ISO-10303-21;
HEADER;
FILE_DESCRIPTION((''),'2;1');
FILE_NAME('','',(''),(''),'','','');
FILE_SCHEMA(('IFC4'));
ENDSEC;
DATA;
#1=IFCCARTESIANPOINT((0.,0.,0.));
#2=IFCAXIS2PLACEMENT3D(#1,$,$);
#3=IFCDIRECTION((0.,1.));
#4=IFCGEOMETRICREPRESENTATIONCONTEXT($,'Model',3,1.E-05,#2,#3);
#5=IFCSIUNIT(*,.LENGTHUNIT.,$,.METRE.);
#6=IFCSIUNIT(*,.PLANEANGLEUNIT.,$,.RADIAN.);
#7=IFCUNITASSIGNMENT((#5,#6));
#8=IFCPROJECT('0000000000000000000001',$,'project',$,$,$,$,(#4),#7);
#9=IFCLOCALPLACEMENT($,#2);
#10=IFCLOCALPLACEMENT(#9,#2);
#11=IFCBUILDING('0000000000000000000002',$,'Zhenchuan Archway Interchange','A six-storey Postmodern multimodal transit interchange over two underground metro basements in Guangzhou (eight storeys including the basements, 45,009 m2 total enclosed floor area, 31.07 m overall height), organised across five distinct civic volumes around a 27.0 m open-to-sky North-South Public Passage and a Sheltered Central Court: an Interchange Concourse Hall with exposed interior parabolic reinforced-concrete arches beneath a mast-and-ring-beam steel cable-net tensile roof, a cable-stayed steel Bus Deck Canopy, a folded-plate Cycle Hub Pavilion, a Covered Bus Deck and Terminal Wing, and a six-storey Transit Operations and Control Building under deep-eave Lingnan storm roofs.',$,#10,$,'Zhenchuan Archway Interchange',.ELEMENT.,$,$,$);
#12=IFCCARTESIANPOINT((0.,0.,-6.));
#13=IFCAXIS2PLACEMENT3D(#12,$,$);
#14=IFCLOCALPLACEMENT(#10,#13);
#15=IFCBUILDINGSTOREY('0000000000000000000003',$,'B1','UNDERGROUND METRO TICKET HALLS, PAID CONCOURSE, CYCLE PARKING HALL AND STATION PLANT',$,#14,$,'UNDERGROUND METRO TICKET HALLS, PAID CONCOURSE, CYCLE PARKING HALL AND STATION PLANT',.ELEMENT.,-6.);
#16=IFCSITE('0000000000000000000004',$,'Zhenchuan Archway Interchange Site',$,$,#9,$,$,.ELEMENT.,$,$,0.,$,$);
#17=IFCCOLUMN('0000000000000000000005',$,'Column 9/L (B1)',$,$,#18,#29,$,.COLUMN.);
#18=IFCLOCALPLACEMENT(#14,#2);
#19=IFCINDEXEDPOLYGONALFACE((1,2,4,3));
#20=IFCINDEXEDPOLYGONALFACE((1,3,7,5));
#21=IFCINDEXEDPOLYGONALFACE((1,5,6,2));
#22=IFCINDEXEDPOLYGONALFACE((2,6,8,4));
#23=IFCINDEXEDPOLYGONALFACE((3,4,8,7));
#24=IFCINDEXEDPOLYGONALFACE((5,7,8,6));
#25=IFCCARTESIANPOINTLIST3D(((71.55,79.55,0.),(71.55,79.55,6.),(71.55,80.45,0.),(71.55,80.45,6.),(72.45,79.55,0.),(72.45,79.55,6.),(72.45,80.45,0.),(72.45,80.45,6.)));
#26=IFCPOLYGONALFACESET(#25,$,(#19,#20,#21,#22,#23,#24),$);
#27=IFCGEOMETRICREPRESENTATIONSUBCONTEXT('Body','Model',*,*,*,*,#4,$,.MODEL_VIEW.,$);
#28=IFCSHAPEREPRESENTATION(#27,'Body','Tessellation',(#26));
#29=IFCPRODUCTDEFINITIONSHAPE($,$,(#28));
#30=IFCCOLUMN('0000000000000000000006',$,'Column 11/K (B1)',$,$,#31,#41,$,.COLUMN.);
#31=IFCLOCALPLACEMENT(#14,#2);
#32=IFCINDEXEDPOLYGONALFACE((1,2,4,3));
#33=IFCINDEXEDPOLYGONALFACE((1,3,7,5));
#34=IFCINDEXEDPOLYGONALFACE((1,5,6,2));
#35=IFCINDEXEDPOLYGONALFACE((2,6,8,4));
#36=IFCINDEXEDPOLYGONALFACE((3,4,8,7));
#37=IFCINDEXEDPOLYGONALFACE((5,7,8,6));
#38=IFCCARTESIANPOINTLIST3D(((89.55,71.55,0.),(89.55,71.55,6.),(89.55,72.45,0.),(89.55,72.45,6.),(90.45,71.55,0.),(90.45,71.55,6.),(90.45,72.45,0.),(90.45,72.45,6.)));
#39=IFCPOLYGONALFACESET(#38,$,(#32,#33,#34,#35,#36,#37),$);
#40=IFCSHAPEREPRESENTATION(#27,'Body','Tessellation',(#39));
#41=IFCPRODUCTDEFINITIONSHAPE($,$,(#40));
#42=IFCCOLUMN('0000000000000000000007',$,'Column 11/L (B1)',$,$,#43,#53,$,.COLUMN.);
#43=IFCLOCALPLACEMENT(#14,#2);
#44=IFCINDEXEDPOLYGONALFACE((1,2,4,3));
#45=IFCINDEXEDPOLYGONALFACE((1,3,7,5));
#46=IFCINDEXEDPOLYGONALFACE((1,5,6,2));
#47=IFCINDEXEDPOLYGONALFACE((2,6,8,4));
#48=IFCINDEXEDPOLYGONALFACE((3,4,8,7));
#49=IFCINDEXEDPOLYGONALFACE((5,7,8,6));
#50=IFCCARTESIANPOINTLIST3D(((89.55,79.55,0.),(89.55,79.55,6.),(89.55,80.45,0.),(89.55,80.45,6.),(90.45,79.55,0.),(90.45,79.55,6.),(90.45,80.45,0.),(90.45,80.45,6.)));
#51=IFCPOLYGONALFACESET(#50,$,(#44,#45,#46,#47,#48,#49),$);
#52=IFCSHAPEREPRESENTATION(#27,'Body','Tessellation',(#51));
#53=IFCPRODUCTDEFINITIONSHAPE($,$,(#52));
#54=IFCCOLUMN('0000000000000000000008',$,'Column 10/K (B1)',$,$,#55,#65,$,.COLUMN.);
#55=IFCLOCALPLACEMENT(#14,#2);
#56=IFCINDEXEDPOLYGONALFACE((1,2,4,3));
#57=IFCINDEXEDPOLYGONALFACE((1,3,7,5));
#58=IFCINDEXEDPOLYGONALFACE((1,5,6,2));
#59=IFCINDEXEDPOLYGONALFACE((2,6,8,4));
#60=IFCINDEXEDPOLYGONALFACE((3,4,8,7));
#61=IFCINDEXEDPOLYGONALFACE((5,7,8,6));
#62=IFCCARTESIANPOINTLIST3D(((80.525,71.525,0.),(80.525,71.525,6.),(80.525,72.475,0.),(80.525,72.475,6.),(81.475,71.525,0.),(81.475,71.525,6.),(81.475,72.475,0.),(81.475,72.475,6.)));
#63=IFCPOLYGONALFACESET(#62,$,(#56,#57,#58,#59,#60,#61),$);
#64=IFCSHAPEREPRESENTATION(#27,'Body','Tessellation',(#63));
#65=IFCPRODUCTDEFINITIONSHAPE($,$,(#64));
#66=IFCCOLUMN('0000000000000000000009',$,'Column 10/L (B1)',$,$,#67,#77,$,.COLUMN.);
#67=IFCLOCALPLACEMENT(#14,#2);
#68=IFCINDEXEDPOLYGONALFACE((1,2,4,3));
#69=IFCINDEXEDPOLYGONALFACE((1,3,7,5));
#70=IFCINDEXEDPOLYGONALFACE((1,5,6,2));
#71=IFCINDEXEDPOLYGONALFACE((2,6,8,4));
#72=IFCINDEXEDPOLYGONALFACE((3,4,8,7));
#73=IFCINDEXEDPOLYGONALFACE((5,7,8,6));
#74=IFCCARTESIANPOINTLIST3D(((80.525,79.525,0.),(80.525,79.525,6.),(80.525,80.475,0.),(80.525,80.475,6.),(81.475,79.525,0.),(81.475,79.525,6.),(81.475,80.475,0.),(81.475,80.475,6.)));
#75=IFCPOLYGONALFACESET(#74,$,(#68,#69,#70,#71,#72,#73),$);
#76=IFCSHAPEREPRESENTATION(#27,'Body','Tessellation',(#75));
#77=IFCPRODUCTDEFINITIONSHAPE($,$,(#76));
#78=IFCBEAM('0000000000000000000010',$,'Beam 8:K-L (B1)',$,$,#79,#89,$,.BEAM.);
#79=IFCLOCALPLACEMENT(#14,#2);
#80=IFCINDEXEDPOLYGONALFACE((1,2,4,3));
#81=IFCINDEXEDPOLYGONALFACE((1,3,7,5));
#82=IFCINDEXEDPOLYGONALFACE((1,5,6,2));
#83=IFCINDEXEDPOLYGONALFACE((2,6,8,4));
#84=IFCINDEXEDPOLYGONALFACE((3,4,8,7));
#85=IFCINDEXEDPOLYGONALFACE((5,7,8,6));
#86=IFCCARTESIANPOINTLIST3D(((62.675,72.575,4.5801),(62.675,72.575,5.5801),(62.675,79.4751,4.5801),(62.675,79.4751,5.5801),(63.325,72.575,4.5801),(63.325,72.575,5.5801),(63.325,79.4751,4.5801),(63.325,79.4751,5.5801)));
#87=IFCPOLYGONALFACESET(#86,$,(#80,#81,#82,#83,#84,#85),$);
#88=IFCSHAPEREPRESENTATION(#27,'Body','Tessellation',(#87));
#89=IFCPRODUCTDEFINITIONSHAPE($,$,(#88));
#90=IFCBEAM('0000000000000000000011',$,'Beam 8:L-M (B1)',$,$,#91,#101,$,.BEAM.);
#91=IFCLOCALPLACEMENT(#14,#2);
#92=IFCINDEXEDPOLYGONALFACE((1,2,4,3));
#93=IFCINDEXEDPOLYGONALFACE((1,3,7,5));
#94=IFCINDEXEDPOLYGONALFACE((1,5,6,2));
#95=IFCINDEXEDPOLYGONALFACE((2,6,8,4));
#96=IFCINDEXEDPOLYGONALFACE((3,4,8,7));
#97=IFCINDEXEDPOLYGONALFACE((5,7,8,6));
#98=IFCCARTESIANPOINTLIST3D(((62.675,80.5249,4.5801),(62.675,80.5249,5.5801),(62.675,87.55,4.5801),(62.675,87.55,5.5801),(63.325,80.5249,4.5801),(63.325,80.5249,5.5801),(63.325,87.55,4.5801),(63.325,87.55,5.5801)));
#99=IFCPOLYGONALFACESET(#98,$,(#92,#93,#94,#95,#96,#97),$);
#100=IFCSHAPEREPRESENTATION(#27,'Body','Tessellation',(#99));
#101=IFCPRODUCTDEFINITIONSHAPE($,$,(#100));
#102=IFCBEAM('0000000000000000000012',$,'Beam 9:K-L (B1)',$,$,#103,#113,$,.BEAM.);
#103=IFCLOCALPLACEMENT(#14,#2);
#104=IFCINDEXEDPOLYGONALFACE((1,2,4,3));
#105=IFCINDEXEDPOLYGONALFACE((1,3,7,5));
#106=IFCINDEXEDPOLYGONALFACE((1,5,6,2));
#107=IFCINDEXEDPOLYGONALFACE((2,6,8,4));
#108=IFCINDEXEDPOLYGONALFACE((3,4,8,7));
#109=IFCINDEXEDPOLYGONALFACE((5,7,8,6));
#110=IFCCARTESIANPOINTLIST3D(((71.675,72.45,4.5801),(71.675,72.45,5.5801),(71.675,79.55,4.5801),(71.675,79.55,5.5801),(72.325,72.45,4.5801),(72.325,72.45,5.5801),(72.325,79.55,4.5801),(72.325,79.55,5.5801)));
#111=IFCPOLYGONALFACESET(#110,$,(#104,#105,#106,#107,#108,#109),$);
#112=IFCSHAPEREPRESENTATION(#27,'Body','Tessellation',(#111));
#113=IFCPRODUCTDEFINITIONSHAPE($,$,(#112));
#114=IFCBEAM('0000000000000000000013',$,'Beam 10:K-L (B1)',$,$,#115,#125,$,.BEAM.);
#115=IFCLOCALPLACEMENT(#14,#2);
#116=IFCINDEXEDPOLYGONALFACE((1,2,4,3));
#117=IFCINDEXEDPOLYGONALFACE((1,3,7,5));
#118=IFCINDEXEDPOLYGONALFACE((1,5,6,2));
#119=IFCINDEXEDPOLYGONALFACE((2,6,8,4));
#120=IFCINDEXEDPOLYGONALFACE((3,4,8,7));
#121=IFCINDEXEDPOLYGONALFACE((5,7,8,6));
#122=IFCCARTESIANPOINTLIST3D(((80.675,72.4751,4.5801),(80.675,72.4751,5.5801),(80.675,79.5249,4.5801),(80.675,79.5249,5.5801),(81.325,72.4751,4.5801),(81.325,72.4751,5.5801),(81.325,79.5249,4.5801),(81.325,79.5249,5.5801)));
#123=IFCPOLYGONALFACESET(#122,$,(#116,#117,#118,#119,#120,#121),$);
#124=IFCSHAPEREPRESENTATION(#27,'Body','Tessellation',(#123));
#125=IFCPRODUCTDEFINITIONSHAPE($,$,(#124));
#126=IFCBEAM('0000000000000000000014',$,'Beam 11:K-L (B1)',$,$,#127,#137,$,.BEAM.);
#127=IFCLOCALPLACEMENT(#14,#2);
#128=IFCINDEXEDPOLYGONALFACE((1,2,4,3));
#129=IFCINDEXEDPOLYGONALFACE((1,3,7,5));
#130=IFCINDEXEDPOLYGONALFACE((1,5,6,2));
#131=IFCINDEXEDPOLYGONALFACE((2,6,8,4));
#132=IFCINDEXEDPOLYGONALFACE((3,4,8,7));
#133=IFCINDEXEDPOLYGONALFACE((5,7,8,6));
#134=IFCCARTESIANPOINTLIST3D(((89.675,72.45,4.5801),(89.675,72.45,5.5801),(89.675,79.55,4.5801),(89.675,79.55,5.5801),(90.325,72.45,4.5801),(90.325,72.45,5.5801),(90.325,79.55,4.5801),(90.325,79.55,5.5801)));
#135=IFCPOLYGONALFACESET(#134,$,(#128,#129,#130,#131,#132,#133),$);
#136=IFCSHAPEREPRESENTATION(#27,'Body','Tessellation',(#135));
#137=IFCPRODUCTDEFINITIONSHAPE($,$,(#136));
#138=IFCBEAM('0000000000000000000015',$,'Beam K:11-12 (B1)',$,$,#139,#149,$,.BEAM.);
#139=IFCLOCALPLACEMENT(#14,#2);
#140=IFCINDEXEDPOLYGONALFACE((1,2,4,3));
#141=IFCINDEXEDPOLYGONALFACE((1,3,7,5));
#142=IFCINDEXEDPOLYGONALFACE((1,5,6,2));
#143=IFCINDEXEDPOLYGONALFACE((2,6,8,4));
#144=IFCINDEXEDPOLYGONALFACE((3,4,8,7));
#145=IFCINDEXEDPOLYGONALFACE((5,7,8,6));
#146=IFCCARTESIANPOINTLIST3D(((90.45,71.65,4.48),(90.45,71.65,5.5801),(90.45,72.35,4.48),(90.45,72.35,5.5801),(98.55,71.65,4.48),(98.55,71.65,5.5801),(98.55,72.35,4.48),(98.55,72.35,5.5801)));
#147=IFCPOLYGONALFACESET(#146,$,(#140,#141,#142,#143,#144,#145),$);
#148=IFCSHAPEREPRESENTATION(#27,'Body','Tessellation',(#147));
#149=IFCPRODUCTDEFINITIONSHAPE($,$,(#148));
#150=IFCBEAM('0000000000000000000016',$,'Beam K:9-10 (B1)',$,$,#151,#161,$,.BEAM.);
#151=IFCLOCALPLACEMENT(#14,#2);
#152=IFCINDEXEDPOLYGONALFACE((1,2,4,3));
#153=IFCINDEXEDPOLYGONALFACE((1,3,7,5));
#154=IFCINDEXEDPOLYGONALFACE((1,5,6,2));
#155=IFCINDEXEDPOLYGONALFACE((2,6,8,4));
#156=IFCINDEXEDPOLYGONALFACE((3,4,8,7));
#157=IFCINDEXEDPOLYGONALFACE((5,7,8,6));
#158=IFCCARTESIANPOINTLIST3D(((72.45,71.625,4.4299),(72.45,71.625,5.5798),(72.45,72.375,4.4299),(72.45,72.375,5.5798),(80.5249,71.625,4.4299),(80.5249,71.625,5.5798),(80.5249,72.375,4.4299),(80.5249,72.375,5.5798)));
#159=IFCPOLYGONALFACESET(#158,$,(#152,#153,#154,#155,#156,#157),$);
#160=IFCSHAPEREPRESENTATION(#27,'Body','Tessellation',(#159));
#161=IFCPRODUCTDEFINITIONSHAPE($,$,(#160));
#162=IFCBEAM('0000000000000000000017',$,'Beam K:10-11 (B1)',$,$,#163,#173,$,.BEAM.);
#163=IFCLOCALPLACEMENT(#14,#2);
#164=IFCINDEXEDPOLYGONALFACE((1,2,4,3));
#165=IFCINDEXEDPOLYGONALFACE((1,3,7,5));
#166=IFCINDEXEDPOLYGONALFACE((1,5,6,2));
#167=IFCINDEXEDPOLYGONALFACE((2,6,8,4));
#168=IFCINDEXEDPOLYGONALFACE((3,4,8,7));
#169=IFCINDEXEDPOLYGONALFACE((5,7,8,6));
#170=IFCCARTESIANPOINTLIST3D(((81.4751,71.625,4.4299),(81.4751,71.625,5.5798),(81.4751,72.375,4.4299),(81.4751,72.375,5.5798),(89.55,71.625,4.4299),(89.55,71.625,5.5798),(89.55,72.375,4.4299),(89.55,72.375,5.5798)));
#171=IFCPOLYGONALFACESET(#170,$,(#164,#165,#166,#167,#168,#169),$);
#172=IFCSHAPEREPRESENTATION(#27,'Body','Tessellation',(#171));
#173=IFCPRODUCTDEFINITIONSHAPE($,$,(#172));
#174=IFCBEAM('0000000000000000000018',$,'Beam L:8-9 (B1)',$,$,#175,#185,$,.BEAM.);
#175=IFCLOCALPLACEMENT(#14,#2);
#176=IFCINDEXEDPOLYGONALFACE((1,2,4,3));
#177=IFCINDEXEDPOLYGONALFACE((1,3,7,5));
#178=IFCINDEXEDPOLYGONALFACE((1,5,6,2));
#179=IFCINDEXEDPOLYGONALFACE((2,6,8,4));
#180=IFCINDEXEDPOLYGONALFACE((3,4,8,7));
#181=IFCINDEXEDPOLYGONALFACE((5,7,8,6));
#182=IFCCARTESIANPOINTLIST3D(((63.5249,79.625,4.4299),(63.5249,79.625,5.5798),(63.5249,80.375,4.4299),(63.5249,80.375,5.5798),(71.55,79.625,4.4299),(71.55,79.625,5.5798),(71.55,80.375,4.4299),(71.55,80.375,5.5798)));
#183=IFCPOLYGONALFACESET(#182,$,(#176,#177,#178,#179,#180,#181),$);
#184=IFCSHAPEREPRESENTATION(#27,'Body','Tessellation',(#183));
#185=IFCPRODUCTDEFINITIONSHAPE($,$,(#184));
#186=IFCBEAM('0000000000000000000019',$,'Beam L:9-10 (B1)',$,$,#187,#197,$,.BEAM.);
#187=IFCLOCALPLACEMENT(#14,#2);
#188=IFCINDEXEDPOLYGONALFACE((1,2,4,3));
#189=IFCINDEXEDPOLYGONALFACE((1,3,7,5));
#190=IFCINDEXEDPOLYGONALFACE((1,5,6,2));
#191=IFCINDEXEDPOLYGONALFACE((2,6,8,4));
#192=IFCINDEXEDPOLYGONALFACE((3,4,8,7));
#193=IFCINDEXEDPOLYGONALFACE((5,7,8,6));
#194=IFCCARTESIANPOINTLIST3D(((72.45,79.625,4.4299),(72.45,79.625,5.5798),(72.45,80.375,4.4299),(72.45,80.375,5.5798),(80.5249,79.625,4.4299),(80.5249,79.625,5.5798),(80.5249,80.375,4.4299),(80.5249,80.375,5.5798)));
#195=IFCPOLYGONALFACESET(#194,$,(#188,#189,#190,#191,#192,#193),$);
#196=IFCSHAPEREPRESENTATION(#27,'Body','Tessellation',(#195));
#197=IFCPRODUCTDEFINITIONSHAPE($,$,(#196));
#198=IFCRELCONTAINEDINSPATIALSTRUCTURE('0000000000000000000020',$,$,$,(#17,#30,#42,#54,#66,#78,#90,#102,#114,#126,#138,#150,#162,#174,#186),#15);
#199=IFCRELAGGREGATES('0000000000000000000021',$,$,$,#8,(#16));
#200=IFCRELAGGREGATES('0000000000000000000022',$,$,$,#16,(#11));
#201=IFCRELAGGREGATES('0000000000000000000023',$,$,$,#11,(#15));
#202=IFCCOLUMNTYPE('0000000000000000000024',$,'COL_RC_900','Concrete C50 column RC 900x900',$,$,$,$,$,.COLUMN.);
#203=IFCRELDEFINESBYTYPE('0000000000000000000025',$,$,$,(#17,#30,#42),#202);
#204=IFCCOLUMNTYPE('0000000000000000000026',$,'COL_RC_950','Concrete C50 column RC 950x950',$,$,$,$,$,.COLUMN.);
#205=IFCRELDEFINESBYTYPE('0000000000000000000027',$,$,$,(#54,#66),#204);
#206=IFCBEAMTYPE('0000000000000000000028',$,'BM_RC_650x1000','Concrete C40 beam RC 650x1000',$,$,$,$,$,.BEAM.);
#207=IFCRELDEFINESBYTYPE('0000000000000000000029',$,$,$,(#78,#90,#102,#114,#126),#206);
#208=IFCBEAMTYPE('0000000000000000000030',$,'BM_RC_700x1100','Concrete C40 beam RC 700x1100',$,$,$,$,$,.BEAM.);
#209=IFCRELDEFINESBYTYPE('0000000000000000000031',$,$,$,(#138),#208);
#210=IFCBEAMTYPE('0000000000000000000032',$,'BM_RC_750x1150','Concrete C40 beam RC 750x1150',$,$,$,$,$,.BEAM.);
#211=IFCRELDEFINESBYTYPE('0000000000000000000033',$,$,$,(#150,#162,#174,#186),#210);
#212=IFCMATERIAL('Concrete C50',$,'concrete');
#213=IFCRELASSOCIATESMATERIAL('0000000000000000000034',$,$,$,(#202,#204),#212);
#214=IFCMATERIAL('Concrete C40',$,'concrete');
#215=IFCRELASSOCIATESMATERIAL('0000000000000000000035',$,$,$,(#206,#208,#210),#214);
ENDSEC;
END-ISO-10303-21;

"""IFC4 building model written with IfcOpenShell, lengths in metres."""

from ifc_helpers import new_model, si_unit, direction, frame, origin, origin_2d, place, context, subcontext, project, spatial, rectangle, extrude, material, material_profile, profile_set, type_object, element, save


model = new_model("IFC4")

# Units and contexts
model_context = context("Model", 3, precision=1e-05, world=origin(), true_north=direction((0.0, 1.0)))
body_context = subcontext(model_context, "Body", "Model", "MODEL_VIEW")
ifc_project = project(units=[si_unit("LENGTHUNIT", "METRE"), si_unit("PLANEANGLEUNIT", "RADIAN")], contexts=[model_context])

# Site, building, storey
site_placement = place(None, origin())
site = spatial("IfcSite", under=ifc_project, at=site_placement, Name="Zhenchuan Archway Interchange Site", CompositionType="ELEMENT", RefElevation=0.0)
building_placement = place(site_placement, origin())
building = spatial("IfcBuilding", under=site, at=building_placement, Name="Zhenchuan Archway Interchange", Description="A six-storey Postmodern multimodal transit interchange over two underground metro basements in Guangzhou (eight storeys including the basements, 45,009 m2 total enclosed floor area, 31.07 m overall height), organised across five distinct civic volumes around a 27.0 m open-to-sky North-South Public Passage and a Sheltered Central Court: an Interchange Concourse Hall with exposed interior parabolic reinforced-concrete arches beneath a mast-and-ring-beam steel cable-net tensile roof, a cable-stayed steel Bus Deck Canopy, a folded-plate Cycle Hub Pavilion, a Covered Bus Deck and Terminal Wing, and a six-storey Transit Operations and Control Building under deep-eave Lingnan storm roofs.", LongName="Zhenchuan Archway Interchange", CompositionType="ELEMENT")
storey_placement = place(building_placement, frame((0.0, 0.0, -6.0)))
storey = spatial("IfcBuildingStorey", under=building, at=storey_placement, Name="B1", Description="UNDERGROUND METRO TICKET HALLS, PAID CONCOURSE, CYCLE PARKING HALL AND STATION PLANT", LongName="UNDERGROUND METRO TICKET HALLS, PAID CONCOURSE, CYCLE PARKING HALL AND STATION PLANT", CompositionType="ELEMENT", Elevation=-6.0)

# Columns
ifc_material_1 = material(Name="Concrete C50", Category="concrete")
ifc_material_profile_1 = material_profile(ifc_material_1, rectangle(XDim=0.8999, YDim=0.8999, at=origin_2d()), Name="RC 900x900")
ifc_profile_set_1 = profile_set([ifc_material_profile_1], Name="Concrete C50")
column_type_1 = type_object("IfcColumnType", Name="COL_RC_900", Description="Concrete C50 column RC 900x900", PredefinedType="COLUMN", material=ifc_profile_set_1)
for number, where, z_axis, x_axis, name in (
    (1, (72.0, 80.0, 0.0), (0.0, 0.0, 1.0), (1.0, 0.0, 0.0), "Column 9/L (B1)"),
    (2, (90.0, 72.0, 0.0), (0.0, 0.0, 1.0), (1.0, 0.0, 0.0), "Column 11/K (B1)"),
    (3, (90.0, 80.0, 0.0), (0.0, 0.0, 1.0), (1.0, 0.0, 0.0), "Column 11/L (B1)"),
):
    element("IfcColumn", number, at=place(storey_placement, frame(where, z_axis=z_axis, x_axis=x_axis)), inside=storey, type_object=column_type_1, Name=name, PredefinedType="COLUMN", context=body_context, shape_type="SweptSolid", body=[
        extrude(rectangle(XDim=0.8999, YDim=0.8999, at=origin_2d()), origin(), (0.0, 0.0, 1.0), 6.0),
    ])
ifc_material_profile_2 = material_profile(ifc_material_1, rectangle(XDim=0.95, YDim=0.95, at=origin_2d()), Name="RC 950x950")
ifc_profile_set_2 = profile_set([ifc_material_profile_2], Name="Concrete C50")
column_type_2 = type_object("IfcColumnType", Name="COL_RC_950", Description="Concrete C50 column RC 950x950", PredefinedType="COLUMN", material=ifc_profile_set_2)
for number, where, z_axis, x_axis, name in (
    (4, (81.0, 72.0, 0.0), (0.0, 0.0, 1.0), (1.0, 0.0, 0.0), "Column 10/K (B1)"),
    (5, (81.0, 80.0, 0.0), (0.0, 0.0, 1.0), (1.0, 0.0, 0.0), "Column 10/L (B1)"),
):
    element("IfcColumn", number, at=place(storey_placement, frame(where, z_axis=z_axis, x_axis=x_axis)), inside=storey, type_object=column_type_2, Name=name, PredefinedType="COLUMN", context=body_context, shape_type="SweptSolid", body=[
        extrude(rectangle(XDim=0.95, YDim=0.95, at=origin_2d()), origin(), (0.0, 0.0, 1.0), 6.0),
    ])

# Beams
ifc_material_2 = material(Name="Concrete C40", Category="concrete")
ifc_material_profile_3 = material_profile(ifc_material_2, rectangle(XDim=0.6499, YDim=1.0, at=origin_2d()), Name="RC 650x1000")
ifc_profile_set_3 = profile_set([ifc_material_profile_3], Name="Concrete C40")
beam_type_1 = type_object("IfcBeamType", Name="BM_RC_650x1000", Description="Concrete C40 beam RC 650x1000", PredefinedType="BEAM", material=ifc_profile_set_3)
beam_1_placement = place(storey_placement, frame((63.0, 72.575, 5.0801), z_axis=(0.0, 1.0, 0.0), x_axis=(-1.0, 0.0, 0.0)))
element("IfcBeam", 6, at=beam_1_placement, inside=storey, type_object=beam_type_1, Name="Beam 8:K-L (B1)", PredefinedType="BEAM", context=body_context, shape_type="SweptSolid", body=[
    extrude(rectangle(XDim=0.6499, YDim=1.0, at=origin_2d()), origin(), (0.0, 0.0, 1.0), 6.9001),
])
beam_2_placement = place(storey_placement, frame((63.0, 80.5249, 5.0801), z_axis=(0.0, 1.0, 0.0), x_axis=(-1.0, 0.0, 0.0)))
element("IfcBeam", 7, at=beam_2_placement, inside=storey, type_object=beam_type_1, Name="Beam 8:L-M (B1)", PredefinedType="BEAM", context=body_context, shape_type="SweptSolid", body=[
    extrude(rectangle(XDim=0.6499, YDim=1.0, at=origin_2d()), origin(), (0.0, 0.0, 1.0), 7.0251),
])
beam_3_placement = place(storey_placement, frame((72.0, 72.45, 5.0801), z_axis=(0.0, 1.0, 0.0), x_axis=(-1.0, 0.0, 0.0)))
element("IfcBeam", 8, at=beam_3_placement, inside=storey, type_object=beam_type_1, Name="Beam 9:K-L (B1)", PredefinedType="BEAM", context=body_context, shape_type="SweptSolid", body=[
    extrude(rectangle(XDim=0.6499, YDim=1.0, at=origin_2d()), origin(), (0.0, 0.0, 1.0), 7.1001),
])
beam_4_placement = place(storey_placement, frame((81.0, 72.4751, 5.0801), z_axis=(0.0, 1.0, 0.0), x_axis=(-1.0, 0.0, 0.0)))
element("IfcBeam", 9, at=beam_4_placement, inside=storey, type_object=beam_type_1, Name="Beam 10:K-L (B1)", PredefinedType="BEAM", context=body_context, shape_type="SweptSolid", body=[
    extrude(rectangle(XDim=0.6499, YDim=1.0, at=origin_2d()), origin(), (0.0, 0.0, 1.0), 7.0498),
])
beam_5_placement = place(storey_placement, frame((90.0, 72.45, 5.0801), z_axis=(0.0, 1.0, 0.0), x_axis=(-1.0, 0.0, 0.0)))
element("IfcBeam", 10, at=beam_5_placement, inside=storey, type_object=beam_type_1, Name="Beam 11:K-L (B1)", PredefinedType="BEAM", context=body_context, shape_type="SweptSolid", body=[
    extrude(rectangle(XDim=0.6499, YDim=1.0, at=origin_2d()), origin(), (0.0, 0.0, 1.0), 7.1001),
])
ifc_material_profile_4 = material_profile(ifc_material_2, rectangle(XDim=0.7, YDim=1.1001, at=origin_2d()), Name="RC 700x1100")
ifc_profile_set_4 = profile_set([ifc_material_profile_4], Name="Concrete C40")
beam_type_2 = type_object("IfcBeamType", Name="BM_RC_700x1100", Description="Concrete C40 beam RC 700x1100", PredefinedType="BEAM", material=ifc_profile_set_4)
beam_6_placement = place(storey_placement, frame((90.45, 72.0, 5.03), z_axis=(1.0, 0.0, 0.0), x_axis=(0.0, 1.0, 0.0)))
element("IfcBeam", 11, at=beam_6_placement, inside=storey, type_object=beam_type_2, Name="Beam K:11-12 (B1)", PredefinedType="BEAM", context=body_context, shape_type="SweptSolid", body=[
    extrude(rectangle(XDim=0.7, YDim=1.1001, at=origin_2d()), origin(), (0.0, 0.0, 1.0), 8.1001),
])
ifc_material_profile_5 = material_profile(ifc_material_2, rectangle(XDim=0.75, YDim=1.1499, at=origin_2d()), Name="RC 750x1150")
ifc_profile_set_5 = profile_set([ifc_material_profile_5], Name="Concrete C40")
beam_type_3 = type_object("IfcBeamType", Name="BM_RC_750x1150", Description="Concrete C40 beam RC 750x1150", PredefinedType="BEAM", material=ifc_profile_set_5)
for number, where, z_axis, x_axis, name in (
    (12, (72.45, 72.0, 5.0049), (1.0, 0.0, 0.0), (0.0, 1.0, 0.0), "Beam K:9-10 (B1)"),
    (13, (81.4751, 72.0, 5.0049), (1.0, 0.0, 0.0), (0.0, 1.0, 0.0), "Beam K:10-11 (B1)"),
):
    element("IfcBeam", number, at=place(storey_placement, frame(where, z_axis=z_axis, x_axis=x_axis)), inside=storey, type_object=beam_type_3, Name=name, PredefinedType="BEAM", context=body_context, shape_type="SweptSolid", body=[
        extrude(rectangle(XDim=0.75, YDim=1.1499, at=origin_2d()), origin(), (0.0, 0.0, 1.0), 8.075),
    ])
beam_7_placement = place(storey_placement, frame((63.5249, 80.0, 5.0049), z_axis=(1.0, 0.0, 0.0), x_axis=(0.0, 1.0, 0.0)))
element("IfcBeam", 14, at=beam_7_placement, inside=storey, type_object=beam_type_3, Name="Beam L:8-9 (B1)", PredefinedType="BEAM", context=body_context, shape_type="SweptSolid", body=[
    extrude(rectangle(XDim=0.75, YDim=1.1499, at=origin_2d()), origin(), (0.0, 0.0, 1.0), 8.0251),
])
for number, where, z_axis, x_axis, name in (
    (15, (72.45, 80.0, 5.0049), (1.0, 0.0, 0.0), (0.0, 1.0, 0.0), "Beam L:9-10 (B1)"),
):
    element("IfcBeam", number, at=place(storey_placement, frame(where, z_axis=z_axis, x_axis=x_axis)), inside=storey, type_object=beam_type_3, Name=name, PredefinedType="BEAM", context=body_context, shape_type="SweptSolid", body=[
        extrude(rectangle(XDim=0.75, YDim=1.1499, at=origin_2d()), origin(), (0.0, 0.0, 1.0), 8.075),
    ])

save(model, "model.ifc")
